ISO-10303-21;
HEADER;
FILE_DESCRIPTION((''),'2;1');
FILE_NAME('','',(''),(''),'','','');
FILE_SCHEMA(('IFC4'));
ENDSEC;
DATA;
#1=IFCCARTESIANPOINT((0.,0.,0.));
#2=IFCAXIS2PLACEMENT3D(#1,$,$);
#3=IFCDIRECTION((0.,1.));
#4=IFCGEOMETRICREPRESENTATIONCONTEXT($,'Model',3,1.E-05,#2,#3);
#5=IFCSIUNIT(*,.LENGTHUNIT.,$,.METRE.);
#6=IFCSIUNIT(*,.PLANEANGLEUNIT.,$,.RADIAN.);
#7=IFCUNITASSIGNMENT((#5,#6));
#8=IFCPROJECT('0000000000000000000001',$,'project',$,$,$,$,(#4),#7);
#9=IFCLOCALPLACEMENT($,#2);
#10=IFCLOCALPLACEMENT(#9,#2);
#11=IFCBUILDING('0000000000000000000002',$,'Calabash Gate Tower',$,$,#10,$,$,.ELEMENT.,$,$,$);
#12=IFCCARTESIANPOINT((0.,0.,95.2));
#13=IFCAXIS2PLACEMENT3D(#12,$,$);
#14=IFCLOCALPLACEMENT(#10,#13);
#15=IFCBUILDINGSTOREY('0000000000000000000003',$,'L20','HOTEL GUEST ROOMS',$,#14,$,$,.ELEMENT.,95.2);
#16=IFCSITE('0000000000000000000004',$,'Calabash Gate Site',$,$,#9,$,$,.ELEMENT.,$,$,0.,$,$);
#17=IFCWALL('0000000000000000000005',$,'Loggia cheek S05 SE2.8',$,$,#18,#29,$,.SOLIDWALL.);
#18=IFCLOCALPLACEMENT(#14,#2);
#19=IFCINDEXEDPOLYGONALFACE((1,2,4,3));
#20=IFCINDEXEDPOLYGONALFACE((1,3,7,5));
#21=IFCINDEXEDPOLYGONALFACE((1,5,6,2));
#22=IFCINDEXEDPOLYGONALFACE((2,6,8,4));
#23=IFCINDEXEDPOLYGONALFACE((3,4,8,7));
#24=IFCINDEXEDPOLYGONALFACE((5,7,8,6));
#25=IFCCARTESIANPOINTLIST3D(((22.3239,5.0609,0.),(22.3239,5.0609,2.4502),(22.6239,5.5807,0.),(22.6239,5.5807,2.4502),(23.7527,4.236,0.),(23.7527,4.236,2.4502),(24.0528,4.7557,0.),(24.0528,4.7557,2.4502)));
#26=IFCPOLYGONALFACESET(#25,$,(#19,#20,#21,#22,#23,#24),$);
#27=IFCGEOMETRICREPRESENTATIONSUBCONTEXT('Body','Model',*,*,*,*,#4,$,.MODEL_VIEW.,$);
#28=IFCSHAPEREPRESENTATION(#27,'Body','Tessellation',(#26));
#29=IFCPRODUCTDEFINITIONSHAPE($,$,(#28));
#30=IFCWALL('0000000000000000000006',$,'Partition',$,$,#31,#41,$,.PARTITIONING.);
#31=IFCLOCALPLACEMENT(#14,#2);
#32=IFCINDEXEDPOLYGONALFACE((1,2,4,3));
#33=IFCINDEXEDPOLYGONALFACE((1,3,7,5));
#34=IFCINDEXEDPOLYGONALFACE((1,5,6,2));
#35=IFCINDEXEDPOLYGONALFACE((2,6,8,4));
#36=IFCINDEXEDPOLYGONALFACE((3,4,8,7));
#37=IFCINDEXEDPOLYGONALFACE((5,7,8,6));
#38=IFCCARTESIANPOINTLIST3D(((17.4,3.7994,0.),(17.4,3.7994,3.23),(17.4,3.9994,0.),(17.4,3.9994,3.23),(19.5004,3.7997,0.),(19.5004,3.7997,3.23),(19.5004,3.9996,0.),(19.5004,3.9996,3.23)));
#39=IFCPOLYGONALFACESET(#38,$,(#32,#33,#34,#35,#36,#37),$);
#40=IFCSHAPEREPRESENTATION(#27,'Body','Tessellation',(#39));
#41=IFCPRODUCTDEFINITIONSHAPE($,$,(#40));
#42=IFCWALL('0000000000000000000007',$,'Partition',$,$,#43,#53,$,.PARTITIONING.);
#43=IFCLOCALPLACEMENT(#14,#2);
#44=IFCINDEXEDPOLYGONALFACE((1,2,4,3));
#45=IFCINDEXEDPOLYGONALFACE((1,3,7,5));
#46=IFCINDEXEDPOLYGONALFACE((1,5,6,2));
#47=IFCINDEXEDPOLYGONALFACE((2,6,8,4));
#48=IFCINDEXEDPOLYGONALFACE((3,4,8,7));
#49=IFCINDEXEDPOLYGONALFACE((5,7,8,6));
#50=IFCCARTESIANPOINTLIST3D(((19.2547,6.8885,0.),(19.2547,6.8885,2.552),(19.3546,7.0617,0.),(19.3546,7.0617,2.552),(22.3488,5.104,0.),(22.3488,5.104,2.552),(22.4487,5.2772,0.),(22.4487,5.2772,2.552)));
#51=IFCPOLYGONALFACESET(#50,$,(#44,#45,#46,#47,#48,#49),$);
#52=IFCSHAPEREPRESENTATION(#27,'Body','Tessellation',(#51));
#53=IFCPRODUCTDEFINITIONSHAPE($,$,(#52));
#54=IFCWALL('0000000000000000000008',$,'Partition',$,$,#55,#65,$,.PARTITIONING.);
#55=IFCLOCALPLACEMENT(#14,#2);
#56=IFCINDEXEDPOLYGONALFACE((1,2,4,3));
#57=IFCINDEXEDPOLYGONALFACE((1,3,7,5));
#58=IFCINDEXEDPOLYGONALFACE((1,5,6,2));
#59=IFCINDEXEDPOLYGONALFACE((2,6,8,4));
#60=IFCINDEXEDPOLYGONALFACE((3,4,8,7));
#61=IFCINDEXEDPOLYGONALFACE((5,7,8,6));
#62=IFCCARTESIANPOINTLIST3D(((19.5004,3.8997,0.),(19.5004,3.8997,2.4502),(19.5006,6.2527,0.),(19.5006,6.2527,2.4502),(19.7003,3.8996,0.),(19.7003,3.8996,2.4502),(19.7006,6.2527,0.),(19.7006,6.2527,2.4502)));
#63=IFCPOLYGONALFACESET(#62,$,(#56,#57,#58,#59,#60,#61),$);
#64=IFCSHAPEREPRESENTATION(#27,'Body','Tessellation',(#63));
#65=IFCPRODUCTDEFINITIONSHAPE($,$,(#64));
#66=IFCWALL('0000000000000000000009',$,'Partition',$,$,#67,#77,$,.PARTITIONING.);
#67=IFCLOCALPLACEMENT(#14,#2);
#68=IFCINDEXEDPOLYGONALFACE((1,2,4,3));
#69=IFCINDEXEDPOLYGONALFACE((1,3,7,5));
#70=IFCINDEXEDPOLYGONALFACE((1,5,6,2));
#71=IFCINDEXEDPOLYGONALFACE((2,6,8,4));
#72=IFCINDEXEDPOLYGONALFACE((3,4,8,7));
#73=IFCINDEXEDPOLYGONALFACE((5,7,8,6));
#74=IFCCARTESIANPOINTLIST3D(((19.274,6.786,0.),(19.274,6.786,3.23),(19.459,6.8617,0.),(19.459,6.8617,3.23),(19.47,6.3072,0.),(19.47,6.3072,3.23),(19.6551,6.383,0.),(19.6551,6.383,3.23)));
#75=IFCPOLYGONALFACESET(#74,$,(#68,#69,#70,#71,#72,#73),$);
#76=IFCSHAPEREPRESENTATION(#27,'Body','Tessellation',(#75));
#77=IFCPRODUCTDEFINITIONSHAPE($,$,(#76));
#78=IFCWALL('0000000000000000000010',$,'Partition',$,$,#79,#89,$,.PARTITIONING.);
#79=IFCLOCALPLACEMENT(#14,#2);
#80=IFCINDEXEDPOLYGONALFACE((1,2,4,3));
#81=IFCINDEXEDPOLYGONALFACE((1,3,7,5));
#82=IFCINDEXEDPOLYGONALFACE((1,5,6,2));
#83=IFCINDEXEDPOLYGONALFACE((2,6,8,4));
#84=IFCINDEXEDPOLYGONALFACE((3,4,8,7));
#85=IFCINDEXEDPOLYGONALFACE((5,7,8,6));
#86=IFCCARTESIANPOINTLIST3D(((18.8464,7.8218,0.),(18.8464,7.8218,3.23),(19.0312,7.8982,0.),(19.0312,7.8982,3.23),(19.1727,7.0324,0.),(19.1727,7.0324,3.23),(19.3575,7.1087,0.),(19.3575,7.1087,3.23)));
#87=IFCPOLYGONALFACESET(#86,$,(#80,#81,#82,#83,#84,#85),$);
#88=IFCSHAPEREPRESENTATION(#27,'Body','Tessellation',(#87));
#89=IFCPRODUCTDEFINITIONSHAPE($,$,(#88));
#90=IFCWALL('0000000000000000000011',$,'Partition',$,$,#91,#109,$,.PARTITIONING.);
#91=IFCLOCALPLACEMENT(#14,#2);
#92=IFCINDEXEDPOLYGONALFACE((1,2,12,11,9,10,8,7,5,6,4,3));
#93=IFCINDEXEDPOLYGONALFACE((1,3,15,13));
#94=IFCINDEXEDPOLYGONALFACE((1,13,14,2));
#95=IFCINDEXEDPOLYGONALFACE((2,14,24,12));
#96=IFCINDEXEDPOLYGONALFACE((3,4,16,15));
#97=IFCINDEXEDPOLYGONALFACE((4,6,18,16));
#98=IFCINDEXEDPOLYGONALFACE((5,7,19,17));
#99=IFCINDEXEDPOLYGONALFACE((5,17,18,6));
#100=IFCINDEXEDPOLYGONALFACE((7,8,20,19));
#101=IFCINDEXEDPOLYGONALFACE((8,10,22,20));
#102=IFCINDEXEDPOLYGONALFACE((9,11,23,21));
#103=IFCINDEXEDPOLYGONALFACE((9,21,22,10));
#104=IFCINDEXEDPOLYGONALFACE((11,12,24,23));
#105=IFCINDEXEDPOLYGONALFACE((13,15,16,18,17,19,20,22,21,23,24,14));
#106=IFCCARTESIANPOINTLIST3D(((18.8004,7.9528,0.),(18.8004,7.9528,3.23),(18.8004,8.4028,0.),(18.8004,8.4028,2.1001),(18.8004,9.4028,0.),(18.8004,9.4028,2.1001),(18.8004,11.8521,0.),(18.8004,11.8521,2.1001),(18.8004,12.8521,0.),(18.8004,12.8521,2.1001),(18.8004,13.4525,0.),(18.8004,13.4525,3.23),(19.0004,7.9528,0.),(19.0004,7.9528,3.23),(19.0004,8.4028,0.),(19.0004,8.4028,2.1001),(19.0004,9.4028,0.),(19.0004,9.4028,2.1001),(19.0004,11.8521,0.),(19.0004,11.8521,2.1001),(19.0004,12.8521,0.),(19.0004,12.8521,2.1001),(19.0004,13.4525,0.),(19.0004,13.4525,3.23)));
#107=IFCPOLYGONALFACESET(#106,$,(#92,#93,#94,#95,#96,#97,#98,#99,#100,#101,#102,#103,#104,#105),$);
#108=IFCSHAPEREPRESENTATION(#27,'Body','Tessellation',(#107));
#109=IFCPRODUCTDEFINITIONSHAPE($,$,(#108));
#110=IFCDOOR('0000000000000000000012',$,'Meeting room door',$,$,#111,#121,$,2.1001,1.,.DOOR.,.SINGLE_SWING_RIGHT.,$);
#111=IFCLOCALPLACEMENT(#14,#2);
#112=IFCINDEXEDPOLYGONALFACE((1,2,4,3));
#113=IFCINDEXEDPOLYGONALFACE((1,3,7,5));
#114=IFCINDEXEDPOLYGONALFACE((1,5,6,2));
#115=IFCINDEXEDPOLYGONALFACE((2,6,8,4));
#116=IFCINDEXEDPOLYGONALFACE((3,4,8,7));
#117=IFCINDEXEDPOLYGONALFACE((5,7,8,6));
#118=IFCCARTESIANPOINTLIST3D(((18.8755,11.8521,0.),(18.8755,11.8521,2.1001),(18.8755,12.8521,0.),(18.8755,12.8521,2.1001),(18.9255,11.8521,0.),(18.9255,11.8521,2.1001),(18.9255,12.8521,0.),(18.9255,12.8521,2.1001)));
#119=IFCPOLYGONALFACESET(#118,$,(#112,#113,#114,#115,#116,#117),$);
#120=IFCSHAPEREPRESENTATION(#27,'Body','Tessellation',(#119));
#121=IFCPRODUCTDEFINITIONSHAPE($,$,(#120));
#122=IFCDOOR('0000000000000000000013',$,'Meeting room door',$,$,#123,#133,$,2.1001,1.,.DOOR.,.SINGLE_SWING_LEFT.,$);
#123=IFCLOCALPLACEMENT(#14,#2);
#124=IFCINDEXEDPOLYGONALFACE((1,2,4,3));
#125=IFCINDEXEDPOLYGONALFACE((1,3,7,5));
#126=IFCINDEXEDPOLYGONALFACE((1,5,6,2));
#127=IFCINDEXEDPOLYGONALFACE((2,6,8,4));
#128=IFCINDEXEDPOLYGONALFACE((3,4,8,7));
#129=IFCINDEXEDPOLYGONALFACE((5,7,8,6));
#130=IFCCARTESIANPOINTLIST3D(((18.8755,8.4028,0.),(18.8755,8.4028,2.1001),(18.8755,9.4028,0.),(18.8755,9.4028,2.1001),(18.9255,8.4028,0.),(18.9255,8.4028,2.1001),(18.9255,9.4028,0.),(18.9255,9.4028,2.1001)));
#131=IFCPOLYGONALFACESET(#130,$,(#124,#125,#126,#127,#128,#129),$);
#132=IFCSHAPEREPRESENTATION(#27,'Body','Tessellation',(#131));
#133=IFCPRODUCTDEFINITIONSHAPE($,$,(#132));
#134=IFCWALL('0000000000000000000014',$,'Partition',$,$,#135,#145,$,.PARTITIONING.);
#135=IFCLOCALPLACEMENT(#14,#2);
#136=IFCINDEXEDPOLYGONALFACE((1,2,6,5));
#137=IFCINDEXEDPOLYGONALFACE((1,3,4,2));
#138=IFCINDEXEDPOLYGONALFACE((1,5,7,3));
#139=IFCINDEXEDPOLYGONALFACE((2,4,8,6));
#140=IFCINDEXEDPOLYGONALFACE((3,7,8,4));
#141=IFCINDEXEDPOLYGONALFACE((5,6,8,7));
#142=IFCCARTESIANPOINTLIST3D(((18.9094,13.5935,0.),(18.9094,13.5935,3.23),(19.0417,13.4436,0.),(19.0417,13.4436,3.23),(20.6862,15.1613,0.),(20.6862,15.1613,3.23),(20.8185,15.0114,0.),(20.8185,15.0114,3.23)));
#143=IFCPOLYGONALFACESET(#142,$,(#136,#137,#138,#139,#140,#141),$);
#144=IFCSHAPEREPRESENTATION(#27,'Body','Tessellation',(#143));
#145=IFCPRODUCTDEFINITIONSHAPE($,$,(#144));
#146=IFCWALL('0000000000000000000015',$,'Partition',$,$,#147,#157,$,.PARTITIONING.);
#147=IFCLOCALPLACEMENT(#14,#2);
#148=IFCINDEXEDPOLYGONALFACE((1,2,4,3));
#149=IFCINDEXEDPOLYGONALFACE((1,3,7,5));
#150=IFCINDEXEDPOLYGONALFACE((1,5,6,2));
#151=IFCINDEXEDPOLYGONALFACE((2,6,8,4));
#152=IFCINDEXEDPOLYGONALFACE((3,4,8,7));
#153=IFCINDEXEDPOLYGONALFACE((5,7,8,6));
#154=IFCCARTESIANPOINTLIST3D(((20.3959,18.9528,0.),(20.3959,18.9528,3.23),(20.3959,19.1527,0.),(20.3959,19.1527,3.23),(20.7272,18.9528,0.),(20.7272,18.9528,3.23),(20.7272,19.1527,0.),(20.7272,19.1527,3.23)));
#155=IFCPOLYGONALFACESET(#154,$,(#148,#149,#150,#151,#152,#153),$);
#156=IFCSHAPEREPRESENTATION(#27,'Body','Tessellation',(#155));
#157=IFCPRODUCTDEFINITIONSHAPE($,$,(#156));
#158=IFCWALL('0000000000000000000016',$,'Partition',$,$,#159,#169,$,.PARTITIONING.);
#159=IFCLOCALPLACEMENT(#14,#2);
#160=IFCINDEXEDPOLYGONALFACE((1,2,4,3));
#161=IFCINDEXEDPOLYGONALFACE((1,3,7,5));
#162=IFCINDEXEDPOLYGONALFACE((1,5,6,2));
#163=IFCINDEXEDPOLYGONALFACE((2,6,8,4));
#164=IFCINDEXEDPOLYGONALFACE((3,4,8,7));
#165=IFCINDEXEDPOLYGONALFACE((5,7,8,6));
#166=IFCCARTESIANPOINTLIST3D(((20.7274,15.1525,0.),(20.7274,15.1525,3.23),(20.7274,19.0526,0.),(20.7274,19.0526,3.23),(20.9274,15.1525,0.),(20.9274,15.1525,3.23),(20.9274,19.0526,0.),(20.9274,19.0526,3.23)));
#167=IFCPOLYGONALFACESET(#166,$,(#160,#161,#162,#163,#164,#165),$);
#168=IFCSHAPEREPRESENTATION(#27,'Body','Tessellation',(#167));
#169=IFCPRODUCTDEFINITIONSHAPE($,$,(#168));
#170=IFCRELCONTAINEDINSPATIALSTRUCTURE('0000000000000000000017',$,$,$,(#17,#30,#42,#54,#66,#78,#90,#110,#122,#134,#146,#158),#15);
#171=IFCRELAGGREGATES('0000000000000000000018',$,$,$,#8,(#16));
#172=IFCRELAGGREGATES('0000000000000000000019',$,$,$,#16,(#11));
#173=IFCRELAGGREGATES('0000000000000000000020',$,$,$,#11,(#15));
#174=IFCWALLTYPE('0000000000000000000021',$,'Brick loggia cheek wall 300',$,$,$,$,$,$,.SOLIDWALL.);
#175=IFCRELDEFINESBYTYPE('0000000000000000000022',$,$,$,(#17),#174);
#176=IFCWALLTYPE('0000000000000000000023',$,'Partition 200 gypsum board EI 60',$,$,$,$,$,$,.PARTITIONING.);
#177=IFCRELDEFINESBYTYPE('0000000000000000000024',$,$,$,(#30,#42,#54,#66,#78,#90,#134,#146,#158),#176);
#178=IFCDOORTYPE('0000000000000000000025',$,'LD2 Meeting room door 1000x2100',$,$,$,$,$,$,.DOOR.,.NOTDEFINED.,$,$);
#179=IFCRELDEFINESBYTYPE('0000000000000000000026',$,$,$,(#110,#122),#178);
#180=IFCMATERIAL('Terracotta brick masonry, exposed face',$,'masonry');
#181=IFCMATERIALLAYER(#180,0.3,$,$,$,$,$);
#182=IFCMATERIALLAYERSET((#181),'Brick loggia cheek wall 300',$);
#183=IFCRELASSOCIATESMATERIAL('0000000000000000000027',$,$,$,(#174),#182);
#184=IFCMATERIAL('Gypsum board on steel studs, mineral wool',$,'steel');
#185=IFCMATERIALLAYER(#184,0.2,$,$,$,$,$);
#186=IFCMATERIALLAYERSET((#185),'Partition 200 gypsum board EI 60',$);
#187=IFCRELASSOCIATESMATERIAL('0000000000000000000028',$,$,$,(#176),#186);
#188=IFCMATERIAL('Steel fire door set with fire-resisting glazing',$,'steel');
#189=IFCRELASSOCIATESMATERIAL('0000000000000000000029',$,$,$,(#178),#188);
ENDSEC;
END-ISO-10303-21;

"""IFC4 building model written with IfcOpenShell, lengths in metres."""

from ifc_helpers import new_model, si_unit, direction, frame, frame_2d, origin, place, context, subcontext, project, spatial, rectangle, extrude, material, layer, layer_set, type_object, element, fill, save


model = new_model("IFC4")

# Units and contexts
model_context = context("Model", 3, precision=1e-05, world=origin(), true_north=direction((0.0, 1.0)))
body_context = subcontext(model_context, "Body", "Model", "MODEL_VIEW")
ifc_project = project(units=[si_unit("LENGTHUNIT", "METRE"), si_unit("PLANEANGLEUNIT", "RADIAN")], contexts=[model_context])

# Site, building, storey
site_placement = place(None, origin())
site = spatial("IfcSite", under=ifc_project, at=site_placement, Name="Calabash Gate Site", CompositionType="ELEMENT", RefElevation=0.0)
building_placement = place(site_placement, origin())
building = spatial("IfcBuilding", under=site, at=building_placement, Name="Calabash Gate Tower", CompositionType="ELEMENT")
storey_placement = place(building_placement, frame((0.0, 0.0, 95.2)))
storey = spatial("IfcBuildingStorey", under=building, at=storey_placement, Name="L20", Description="HOTEL GUEST ROOMS", CompositionType="ELEMENT", Elevation=95.2)

# Walls
ifc_material_1 = material(Name="Terracotta brick masonry, exposed face", Category="masonry")
ifc_layer_1 = layer(ifc_material_1, 0.3)
ifc_layer_set_1 = layer_set([ifc_layer_1], Name="Brick loggia cheek wall 300")
wall_type_1 = type_object("IfcWallType", Name="Brick loggia cheek wall 300", PredefinedType="SOLIDWALL", material=ifc_layer_set_1)
wall_1_placement = place(storey_placement, frame((22.4739, 5.3208, 0.0), z_axis=(0.0, 0.0, 1.0), x_axis=(0.86604, -0.499974, 0.0)))
element("IfcWall", 1, at=wall_1_placement, inside=storey, type_object=wall_type_1, Name="Loggia cheek S05 SE2.8", PredefinedType="SOLIDWALL", context=body_context, shape_type="SweptSolid", body=[
    extrude(rectangle(XDim=1.6499, YDim=0.6001, at=frame_2d((0.825, 0.0))), origin(), (0.0, 0.0, 1.0), 2.4502),
])
ifc_material_2 = material(Name="Gypsum board on steel studs, mineral wool", Category="steel")
ifc_layer_2 = layer(ifc_material_2, 0.2)
ifc_layer_set_2 = layer_set([ifc_layer_2], Name="Partition 200 gypsum board EI 60")
wall_type_2 = type_object("IfcWallType", Name="Partition 200 gypsum board EI 60", PredefinedType="PARTITIONING", material=ifc_layer_set_2)
wall_2_placement = place(storey_placement, frame((17.3999, 3.8994, 0.0), z_axis=(0.0, 0.0, 1.0), x_axis=(1.0, 0.000116, 0.0)))
element("IfcWall", 2, at=wall_2_placement, inside=storey, type_object=wall_type_2, Name="Partition", PredefinedType="PARTITIONING", context=body_context, shape_type="SweptSolid", body=[
    extrude(rectangle(XDim=2.1003, YDim=0.2, at=frame_2d((1.0503, 0.0))), origin(), (0.0, 0.0, 1.0), 3.23),
])
wall_3_placement = place(storey_placement, frame((19.3047, 6.9751, 0.0), z_axis=(0.0, 0.0, 1.0), x_axis=(0.866255, -0.499602, 0.0)))
element("IfcWall", 3, at=wall_3_placement, inside=storey, type_object=wall_type_2, Name="Partition", PredefinedType="PARTITIONING", context=body_context, shape_type="SweptSolid", body=[
    extrude(rectangle(XDim=3.5718, YDim=0.2, at=frame_2d((1.7859, 0.0))), origin(), (0.0, 0.0, 1.0), 2.552),
])
wall_4_placement = place(storey_placement, frame((19.6003, 3.8997, 0.0), z_axis=(0.0, 0.0, 1.0), x_axis=(0.000104, 1.0, 0.0)))
element("IfcWall", 4, at=wall_4_placement, inside=storey, type_object=wall_type_2, Name="Partition", PredefinedType="PARTITIONING", context=body_context, shape_type="SweptSolid", body=[
    extrude(rectangle(XDim=2.353, YDim=0.2, at=frame_2d((1.1765, 0.0))), origin(), (0.0, 0.0, 1.0), 2.4502),
])
wall_5_placement = place(storey_placement, frame((19.3665, 6.824, 0.0), z_axis=(0.0, 0.0, 1.0), x_axis=(0.378945, -0.925419, 0.0)))
element("IfcWall", 5, at=wall_5_placement, inside=storey, type_object=wall_type_2, Name="Partition", PredefinedType="PARTITIONING", context=body_context, shape_type="SweptSolid", body=[
    extrude(rectangle(XDim=0.5173, YDim=0.2, at=frame_2d((0.2588, 0.0))), origin(), (0.0, 0.0, 1.0), 3.23),
])
wall_6_placement = place(storey_placement, frame((18.9387, 7.8601, 0.0), z_axis=(0.0, 0.0, 1.0), x_axis=(0.382057, -0.924139, 0.0)))
element("IfcWall", 6, at=wall_6_placement, inside=storey, type_object=wall_type_2, Name="Partition", PredefinedType="PARTITIONING", context=body_context, shape_type="SweptSolid", body=[
    extrude(rectangle(XDim=0.8542, YDim=0.2, at=frame_2d((0.4272, 0.0))), origin(), (0.0, 0.0, 1.0), 3.23),
])

# Wall, openings, doors
wall_7_placement = place(storey_placement, frame((18.9004, 7.9526, 0.0), z_axis=(0.0, 0.0, 1.0), x_axis=(0.0, 1.0, 0.0)))
wall_7 = element("IfcWall", 7, at=wall_7_placement, inside=storey, type_object=wall_type_2, Name="Partition", PredefinedType="PARTITIONING", context=body_context, shape_type="SweptSolid", body=[
    extrude(rectangle(XDim=5.4998, YDim=0.2, at=frame_2d((2.75, 0.0))), origin(), (0.0, 0.0, 1.0), 3.23),
])
opening_1_placement = place(wall_7_placement, frame((3.8994, 0.0, 0.0)))
opening_1 = element("IfcOpeningElement", 8, at=opening_1_placement, cuts=wall_7, PredefinedType="OPENING", context=body_context, shape_type="SweptSolid", body=[
    extrude(rectangle(XDim=1.0, YDim=2.1001, at=frame_2d((0.5, 1.05))), frame((0.0, 0.1099, 0.0), z_axis=(0.0, -1.0, 0.0), x_axis=(1.0, 0.0, 0.0)), (0.0, 0.0, 1.0), 0.22),
])
opening_2_placement = place(wall_7_placement, frame((0.4502, 0.0, 0.0)))
opening_2 = element("IfcOpeningElement", 9, at=opening_2_placement, cuts=wall_7, PredefinedType="OPENING", context=body_context, shape_type="SweptSolid", body=[
    extrude(rectangle(XDim=1.0, YDim=2.1001, at=frame_2d((0.5, 1.05))), frame((0.0, 0.1099, 0.0), z_axis=(0.0, -1.0, 0.0), x_axis=(1.0, 0.0, 0.0)), (0.0, 0.0, 1.0), 0.22),
])
ifc_material_3 = material(Name="Steel fire door set with fire-resisting glazing", Category="steel")
door_type = type_object("IfcDoorType", Name="LD2 Meeting room door 1000x2100", OperationType="NOTDEFINED", PredefinedType="DOOR", material=ifc_material_3)
door_1_placement = place(opening_1_placement, origin())
door_1 = element("IfcDoor", 10, at=door_1_placement, inside=storey, type_object=door_type, Name="Meeting room door", OperationType="SINGLE_SWING_RIGHT", OverallHeight=2.1001, OverallWidth=1.0, PredefinedType="DOOR", context=body_context, shape_type="SweptSolid", body=[
    extrude(rectangle(XDim=1.0, YDim=2.1001, at=frame_2d((0.5, 1.05))), frame((0.0, 0.0249, 0.0), z_axis=(0.0, -1.0, 0.0), x_axis=(1.0, 0.0, 0.0)), (0.0, 0.0, 1.0), 0.05),
])
fill(opening_1, door_1)
door_2_placement = place(opening_2_placement, origin())
door_2 = element("IfcDoor", 11, at=door_2_placement, inside=storey, type_object=door_type, Name="Meeting room door", OperationType="SINGLE_SWING_LEFT", OverallHeight=2.1001, OverallWidth=1.0, PredefinedType="DOOR", context=body_context, shape_type="SweptSolid", body=[
    extrude(rectangle(XDim=1.0, YDim=2.1001, at=frame_2d((0.5, 1.05))), frame((0.0, 0.0249, 0.0), z_axis=(0.0, -1.0, 0.0), x_axis=(1.0, 0.0, 0.0)), (0.0, 0.0, 1.0), 0.05),
])
fill(opening_2, door_2)

# Walls
wall_8_placement = place(storey_placement, frame((18.9756, 13.5186, 0.0), z_axis=(0.0, 0.0, 1.0), x_axis=(0.749826, 0.661635, 0.0)))
element("IfcWall", 12, at=wall_8_placement, inside=storey, type_object=wall_type_2, Name="Partition", PredefinedType="PARTITIONING", context=body_context, shape_type="SweptSolid", body=[
    extrude(rectangle(XDim=2.3696, YDim=0.2, at=frame_2d((1.1848, 0.0))), origin(), (0.0, 0.0, 1.0), 3.23),
])
wall_9_placement = place(storey_placement, frame((20.396, 19.0527, 0.0), z_axis=(0.0, 0.0, 1.0), x_axis=(1.0, 0.0, 0.0)))
element("IfcWall", 13, at=wall_9_placement, inside=storey, type_object=wall_type_2, Name="Partition", PredefinedType="PARTITIONING", context=body_context, shape_type="SweptSolid", body=[
    extrude(rectangle(XDim=0.3313, YDim=0.2, at=frame_2d((0.1655, 0.0))), origin(), (0.0, 0.0, 1.0), 3.23),
])
wall_10_placement = place(storey_placement, frame((20.8274, 19.0527, 0.0), z_axis=(0.0, 0.0, 1.0), x_axis=(0.0, -1.0, 0.0)))
element("IfcWall", 14, at=wall_10_placement, inside=storey, type_object=wall_type_2, Name="Partition", PredefinedType="PARTITIONING", context=body_context, shape_type="SweptSolid", body=[
    extrude(rectangle(XDim=3.9001, YDim=0.2, at=frame_2d((1.9502, 0.0))), origin(), (0.0, 0.0, 1.0), 3.23),
])

save(model, "model.ifc")
